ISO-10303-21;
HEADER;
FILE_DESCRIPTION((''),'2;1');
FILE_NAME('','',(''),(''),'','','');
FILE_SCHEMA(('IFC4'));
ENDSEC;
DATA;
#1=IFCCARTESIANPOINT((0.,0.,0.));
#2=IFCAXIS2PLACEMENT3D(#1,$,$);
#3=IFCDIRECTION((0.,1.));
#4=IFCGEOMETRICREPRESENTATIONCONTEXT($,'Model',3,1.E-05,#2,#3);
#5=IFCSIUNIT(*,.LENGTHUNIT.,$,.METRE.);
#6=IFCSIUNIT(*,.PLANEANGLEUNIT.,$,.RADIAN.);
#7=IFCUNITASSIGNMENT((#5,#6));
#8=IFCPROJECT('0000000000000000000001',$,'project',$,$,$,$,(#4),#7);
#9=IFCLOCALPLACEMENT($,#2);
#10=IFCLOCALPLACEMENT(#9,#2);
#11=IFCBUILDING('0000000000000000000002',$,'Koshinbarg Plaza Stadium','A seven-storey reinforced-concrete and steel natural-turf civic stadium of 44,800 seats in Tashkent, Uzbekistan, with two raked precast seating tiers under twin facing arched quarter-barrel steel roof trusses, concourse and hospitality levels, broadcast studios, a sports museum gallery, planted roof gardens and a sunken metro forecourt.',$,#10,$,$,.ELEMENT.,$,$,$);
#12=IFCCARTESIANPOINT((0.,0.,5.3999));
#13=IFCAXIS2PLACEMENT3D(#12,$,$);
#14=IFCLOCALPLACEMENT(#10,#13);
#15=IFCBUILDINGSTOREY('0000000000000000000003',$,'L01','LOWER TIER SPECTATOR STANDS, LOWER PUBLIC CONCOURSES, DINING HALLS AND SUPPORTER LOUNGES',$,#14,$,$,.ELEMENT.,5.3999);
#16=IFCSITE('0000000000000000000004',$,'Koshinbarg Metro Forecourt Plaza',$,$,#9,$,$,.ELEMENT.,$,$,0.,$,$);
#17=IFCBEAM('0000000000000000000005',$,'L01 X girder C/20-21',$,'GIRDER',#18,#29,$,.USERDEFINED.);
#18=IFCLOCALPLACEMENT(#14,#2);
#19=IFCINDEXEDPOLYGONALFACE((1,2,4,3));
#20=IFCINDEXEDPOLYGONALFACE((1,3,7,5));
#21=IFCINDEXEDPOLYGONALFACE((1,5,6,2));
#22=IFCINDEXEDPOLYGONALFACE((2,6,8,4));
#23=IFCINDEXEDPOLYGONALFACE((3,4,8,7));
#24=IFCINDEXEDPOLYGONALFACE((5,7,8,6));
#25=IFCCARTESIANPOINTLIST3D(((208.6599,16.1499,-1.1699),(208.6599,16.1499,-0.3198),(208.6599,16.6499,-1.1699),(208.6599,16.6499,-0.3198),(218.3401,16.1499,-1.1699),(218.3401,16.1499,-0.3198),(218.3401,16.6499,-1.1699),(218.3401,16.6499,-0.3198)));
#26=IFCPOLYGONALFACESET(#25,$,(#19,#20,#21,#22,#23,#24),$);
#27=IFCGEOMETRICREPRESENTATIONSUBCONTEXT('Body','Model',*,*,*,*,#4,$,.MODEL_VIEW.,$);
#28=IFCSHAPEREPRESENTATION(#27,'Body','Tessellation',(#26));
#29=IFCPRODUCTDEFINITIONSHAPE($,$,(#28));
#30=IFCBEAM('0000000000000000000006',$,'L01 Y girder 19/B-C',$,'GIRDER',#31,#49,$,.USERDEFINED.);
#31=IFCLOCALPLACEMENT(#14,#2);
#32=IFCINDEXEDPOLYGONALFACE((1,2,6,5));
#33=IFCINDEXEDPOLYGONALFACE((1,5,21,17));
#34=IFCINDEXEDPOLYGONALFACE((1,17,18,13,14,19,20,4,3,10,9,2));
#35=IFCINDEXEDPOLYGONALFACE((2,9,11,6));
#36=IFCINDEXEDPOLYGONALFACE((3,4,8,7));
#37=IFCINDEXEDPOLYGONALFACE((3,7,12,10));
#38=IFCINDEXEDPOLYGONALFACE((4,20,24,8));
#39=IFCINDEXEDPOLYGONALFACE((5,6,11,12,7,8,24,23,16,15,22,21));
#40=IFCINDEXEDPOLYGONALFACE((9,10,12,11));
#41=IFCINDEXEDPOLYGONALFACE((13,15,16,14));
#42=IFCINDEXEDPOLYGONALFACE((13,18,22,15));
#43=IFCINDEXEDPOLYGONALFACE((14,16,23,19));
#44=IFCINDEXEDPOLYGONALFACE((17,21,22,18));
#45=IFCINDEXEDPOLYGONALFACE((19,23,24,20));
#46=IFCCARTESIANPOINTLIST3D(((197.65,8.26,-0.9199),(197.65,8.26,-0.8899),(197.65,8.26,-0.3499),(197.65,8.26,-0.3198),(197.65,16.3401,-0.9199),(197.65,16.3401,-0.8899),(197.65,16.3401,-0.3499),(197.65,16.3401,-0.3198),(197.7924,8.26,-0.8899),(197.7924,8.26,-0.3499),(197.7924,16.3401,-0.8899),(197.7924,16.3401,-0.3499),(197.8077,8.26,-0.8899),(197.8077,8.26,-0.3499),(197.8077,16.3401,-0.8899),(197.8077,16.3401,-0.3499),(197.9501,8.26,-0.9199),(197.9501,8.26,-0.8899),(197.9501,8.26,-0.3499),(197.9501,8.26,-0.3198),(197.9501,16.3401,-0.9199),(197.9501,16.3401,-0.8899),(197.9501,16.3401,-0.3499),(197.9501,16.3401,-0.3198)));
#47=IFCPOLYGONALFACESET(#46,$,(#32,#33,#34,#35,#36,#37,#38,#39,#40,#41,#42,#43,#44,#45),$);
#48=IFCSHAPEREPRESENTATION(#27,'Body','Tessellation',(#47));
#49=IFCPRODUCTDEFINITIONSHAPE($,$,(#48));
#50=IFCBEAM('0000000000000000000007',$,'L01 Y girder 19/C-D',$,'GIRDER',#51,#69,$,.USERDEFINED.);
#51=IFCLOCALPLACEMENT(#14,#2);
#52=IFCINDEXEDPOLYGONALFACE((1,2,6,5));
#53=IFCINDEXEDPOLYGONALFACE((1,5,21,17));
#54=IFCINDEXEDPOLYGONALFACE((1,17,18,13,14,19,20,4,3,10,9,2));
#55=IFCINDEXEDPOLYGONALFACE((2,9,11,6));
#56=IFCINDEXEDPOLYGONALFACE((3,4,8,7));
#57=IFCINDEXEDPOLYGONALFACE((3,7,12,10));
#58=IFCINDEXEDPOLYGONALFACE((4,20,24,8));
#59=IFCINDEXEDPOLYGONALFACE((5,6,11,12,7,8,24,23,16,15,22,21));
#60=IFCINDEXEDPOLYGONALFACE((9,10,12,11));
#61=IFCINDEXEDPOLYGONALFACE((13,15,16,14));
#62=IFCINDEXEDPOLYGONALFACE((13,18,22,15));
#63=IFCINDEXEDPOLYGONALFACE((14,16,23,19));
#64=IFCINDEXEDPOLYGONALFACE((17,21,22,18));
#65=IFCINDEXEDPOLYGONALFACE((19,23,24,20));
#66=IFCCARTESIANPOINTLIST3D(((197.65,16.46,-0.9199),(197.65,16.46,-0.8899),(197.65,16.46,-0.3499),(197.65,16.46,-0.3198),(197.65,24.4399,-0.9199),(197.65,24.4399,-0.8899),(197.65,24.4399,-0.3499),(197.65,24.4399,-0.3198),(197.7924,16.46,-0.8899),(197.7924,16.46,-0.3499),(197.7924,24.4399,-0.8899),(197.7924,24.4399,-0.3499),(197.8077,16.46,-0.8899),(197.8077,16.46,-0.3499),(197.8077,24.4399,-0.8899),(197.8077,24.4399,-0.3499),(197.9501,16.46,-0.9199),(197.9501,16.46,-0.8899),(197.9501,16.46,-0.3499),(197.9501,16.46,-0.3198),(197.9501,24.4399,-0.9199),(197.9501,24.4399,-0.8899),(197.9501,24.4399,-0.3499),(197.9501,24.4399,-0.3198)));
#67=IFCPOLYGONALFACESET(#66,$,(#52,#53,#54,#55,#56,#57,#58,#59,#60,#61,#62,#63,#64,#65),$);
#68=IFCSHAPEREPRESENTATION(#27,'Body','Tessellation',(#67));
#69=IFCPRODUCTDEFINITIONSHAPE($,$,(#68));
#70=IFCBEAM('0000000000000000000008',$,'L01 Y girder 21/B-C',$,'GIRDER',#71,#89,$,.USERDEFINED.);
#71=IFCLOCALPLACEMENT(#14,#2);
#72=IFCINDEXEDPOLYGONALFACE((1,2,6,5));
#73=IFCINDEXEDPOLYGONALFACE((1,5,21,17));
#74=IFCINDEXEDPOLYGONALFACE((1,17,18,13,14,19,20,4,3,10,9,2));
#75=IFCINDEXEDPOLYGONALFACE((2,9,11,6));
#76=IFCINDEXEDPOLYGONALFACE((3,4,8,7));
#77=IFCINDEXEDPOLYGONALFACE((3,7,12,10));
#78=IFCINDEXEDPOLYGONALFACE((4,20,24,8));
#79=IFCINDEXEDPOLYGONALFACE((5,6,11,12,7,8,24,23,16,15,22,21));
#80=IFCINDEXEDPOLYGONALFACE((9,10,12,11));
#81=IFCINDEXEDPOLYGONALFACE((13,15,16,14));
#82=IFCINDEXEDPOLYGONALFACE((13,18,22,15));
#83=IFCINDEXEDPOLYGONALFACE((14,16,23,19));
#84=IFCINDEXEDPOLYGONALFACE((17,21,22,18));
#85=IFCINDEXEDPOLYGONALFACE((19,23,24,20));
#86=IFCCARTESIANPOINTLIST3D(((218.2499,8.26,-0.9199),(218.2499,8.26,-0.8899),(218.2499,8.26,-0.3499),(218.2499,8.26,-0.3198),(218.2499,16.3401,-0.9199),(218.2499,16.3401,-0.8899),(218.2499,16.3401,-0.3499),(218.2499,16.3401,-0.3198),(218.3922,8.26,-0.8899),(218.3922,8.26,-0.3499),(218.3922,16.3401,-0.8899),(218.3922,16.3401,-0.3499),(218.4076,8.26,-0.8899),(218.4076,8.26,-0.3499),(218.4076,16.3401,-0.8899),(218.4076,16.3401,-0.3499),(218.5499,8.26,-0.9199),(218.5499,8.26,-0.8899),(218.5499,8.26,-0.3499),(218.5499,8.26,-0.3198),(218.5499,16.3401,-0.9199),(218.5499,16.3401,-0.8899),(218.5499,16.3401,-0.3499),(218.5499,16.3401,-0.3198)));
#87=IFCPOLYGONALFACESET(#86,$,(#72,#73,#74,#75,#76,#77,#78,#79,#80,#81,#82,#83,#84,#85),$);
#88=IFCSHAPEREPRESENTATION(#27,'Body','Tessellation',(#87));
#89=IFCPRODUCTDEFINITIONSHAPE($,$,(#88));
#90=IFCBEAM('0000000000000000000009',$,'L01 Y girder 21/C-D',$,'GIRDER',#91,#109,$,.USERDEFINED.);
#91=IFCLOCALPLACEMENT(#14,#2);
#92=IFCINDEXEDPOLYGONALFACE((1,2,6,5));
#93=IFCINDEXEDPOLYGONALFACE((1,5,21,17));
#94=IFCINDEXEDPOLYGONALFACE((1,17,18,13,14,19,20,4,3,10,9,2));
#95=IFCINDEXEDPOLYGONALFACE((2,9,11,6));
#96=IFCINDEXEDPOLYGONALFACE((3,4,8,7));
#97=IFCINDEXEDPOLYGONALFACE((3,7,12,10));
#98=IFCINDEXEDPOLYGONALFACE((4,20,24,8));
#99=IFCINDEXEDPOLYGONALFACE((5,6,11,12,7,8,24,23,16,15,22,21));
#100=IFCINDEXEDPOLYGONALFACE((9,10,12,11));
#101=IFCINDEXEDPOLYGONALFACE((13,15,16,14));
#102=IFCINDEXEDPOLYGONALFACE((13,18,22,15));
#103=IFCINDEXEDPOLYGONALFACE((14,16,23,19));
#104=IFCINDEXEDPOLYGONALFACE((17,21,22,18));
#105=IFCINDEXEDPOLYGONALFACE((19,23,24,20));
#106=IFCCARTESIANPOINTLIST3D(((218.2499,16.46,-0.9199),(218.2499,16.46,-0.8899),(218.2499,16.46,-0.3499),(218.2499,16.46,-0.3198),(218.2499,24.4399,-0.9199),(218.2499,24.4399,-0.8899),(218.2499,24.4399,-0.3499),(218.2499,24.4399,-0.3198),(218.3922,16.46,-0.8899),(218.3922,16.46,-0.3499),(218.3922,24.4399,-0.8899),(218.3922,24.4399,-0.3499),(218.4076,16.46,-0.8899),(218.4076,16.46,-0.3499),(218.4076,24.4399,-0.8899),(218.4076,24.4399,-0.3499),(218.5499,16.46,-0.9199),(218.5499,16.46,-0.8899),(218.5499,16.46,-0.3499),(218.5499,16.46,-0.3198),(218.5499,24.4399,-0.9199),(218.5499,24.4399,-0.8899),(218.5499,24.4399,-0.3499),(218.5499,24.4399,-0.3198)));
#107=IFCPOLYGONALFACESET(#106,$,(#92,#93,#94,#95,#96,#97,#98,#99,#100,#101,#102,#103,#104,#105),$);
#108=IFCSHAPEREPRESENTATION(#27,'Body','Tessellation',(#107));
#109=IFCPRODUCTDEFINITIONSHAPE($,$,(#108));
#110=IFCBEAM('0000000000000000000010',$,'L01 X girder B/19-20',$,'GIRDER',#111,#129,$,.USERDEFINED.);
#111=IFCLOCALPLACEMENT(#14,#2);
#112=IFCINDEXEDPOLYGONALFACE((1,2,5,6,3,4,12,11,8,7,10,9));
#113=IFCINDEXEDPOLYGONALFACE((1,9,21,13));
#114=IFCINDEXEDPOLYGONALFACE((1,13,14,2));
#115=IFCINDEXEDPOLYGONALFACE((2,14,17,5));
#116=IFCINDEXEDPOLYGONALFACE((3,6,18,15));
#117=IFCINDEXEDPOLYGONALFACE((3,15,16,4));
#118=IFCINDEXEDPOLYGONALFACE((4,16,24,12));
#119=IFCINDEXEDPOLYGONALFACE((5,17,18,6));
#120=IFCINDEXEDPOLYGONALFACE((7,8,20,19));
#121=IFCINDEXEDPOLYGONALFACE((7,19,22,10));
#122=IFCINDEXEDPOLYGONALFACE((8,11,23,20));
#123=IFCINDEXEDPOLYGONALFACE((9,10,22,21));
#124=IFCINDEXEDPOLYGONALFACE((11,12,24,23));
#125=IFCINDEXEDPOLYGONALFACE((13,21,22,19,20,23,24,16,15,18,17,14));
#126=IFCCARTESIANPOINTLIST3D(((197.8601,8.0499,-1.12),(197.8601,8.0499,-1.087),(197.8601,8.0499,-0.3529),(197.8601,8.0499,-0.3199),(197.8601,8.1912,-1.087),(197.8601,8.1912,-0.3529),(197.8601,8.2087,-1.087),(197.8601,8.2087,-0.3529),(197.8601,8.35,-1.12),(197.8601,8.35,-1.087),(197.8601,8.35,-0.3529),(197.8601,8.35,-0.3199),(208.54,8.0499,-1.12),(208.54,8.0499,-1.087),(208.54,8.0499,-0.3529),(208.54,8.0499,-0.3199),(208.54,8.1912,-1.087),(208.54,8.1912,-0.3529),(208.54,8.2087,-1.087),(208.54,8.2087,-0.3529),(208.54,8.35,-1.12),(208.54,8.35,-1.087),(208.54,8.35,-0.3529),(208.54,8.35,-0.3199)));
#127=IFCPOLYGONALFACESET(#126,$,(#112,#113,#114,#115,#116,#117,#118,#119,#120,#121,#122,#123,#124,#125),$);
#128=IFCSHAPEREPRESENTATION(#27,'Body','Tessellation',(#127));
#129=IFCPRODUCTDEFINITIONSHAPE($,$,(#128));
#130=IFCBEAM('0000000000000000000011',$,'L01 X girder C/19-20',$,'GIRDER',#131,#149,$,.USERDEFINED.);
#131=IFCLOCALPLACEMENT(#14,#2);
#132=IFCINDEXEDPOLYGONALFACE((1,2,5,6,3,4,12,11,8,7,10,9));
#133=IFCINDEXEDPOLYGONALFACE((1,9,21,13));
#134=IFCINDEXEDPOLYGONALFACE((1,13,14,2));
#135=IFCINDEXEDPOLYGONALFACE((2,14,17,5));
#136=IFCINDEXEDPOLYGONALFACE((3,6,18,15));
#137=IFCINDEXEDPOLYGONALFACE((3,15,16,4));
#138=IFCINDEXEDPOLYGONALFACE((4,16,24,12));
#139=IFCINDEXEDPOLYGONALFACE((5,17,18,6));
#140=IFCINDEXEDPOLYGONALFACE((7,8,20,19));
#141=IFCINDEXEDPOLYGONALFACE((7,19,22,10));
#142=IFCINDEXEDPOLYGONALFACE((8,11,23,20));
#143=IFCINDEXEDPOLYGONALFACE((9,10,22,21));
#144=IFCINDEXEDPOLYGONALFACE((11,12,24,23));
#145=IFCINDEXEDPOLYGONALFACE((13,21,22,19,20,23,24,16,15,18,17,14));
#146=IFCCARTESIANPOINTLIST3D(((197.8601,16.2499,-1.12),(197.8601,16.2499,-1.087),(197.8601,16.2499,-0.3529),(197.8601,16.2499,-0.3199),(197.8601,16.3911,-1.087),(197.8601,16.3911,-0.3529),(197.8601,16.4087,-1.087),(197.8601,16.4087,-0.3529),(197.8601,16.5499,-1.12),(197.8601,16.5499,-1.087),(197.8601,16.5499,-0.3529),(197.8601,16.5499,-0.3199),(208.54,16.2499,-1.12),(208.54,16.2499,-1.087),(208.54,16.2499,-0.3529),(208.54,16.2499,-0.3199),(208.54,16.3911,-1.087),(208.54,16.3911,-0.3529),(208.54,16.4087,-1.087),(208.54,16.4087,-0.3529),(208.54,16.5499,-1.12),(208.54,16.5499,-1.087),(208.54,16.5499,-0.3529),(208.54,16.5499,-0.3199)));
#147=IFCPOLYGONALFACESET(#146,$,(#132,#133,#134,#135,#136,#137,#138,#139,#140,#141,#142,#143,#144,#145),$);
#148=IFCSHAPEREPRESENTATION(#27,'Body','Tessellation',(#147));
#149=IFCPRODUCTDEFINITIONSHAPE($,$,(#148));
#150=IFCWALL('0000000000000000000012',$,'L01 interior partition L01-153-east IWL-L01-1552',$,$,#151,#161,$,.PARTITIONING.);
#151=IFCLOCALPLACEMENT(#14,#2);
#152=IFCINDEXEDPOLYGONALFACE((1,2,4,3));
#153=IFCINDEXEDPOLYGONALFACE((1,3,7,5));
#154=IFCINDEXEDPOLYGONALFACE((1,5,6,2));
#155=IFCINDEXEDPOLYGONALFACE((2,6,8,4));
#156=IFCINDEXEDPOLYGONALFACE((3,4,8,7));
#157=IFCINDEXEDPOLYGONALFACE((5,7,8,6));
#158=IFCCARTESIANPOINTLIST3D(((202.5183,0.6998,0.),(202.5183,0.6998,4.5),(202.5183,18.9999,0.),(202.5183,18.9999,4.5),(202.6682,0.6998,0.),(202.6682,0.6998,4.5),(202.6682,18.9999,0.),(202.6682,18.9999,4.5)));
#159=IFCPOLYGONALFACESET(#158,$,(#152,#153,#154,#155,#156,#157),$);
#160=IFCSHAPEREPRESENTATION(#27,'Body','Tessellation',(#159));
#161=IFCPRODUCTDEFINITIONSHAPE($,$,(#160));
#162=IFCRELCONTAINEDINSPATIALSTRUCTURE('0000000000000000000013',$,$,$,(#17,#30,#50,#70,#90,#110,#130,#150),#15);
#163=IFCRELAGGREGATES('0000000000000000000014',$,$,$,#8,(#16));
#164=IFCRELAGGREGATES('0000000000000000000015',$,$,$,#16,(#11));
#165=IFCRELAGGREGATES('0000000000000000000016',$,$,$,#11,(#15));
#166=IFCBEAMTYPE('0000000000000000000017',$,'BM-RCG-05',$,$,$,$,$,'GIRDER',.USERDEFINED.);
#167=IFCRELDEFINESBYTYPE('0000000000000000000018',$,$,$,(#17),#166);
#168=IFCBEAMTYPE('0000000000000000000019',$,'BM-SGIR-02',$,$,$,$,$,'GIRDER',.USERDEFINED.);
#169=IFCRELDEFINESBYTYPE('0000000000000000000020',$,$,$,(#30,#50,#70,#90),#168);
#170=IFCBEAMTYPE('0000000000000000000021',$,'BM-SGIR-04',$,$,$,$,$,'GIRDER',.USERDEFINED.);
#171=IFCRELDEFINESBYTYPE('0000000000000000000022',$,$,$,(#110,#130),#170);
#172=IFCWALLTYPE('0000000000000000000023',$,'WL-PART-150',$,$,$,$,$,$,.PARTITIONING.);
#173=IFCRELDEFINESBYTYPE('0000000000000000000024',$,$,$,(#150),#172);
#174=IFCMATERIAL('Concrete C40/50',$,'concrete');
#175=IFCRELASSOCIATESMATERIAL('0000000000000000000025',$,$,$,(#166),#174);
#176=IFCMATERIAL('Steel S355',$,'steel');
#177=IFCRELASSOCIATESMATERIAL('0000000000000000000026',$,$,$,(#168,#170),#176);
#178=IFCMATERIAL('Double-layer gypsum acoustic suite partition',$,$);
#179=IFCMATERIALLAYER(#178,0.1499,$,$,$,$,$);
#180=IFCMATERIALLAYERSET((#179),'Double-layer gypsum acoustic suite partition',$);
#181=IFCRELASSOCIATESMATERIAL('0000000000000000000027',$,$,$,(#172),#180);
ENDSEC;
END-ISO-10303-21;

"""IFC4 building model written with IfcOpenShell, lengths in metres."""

from ifc_helpers import new_model, si_unit, direction, frame, frame_2d, origin, origin_2d, place, context, subcontext, project, spatial, rectangle, i_section, extrude, material, layer, layer_set, material_profile, profile_set, type_object, element, save


model = new_model("IFC4")

# Units and contexts
model_context = context("Model", 3, precision=1e-05, world=origin(), true_north=direction((0.0, 1.0)))
body_context = subcontext(model_context, "Body", "Model", "MODEL_VIEW")
ifc_project = project(units=[si_unit("LENGTHUNIT", "METRE"), si_unit("PLANEANGLEUNIT", "RADIAN")], contexts=[model_context])

# Site, building, storey
site_placement = place(None, origin())
site = spatial("IfcSite", under=ifc_project, at=site_placement, Name="Koshinbarg Metro Forecourt Plaza", CompositionType="ELEMENT", RefElevation=0.0)
building_placement = place(site_placement, origin())
building = spatial("IfcBuilding", under=site, at=building_placement, Name="Koshinbarg Plaza Stadium", Description="A seven-storey reinforced-concrete and steel natural-turf civic stadium of 44,800 seats in Tashkent, Uzbekistan, with two raked precast seating tiers under twin facing arched quarter-barrel steel roof trusses, concourse and hospitality levels, broadcast studios, a sports museum gallery, planted roof gardens and a sunken metro forecourt.", CompositionType="ELEMENT")
storey_placement = place(building_placement, frame((0.0, 0.0, 5.3999)))
storey = spatial("IfcBuildingStorey", under=building, at=storey_placement, Name="L01", Description="LOWER TIER SPECTATOR STANDS, LOWER PUBLIC CONCOURSES, DINING HALLS AND SUPPORTER LOUNGES", CompositionType="ELEMENT", Elevation=5.3999)

# Shared definitions
ifc_material_1 = material(Name="Concrete C40/50", Category="concrete")

# Beams
ifc_material_profile_1 = material_profile(ifc_material_1, rectangle(XDim=0.5, YDim=0.8501, at=origin_2d()), Name="RC 500x850")
ifc_profile_set_1 = profile_set([ifc_material_profile_1], Name="Concrete C40/50")
beam_type_1 = type_object("IfcBeamType", Name="BM-RCG-05", ElementType="GIRDER", PredefinedType="USERDEFINED", material=ifc_profile_set_1)
for number, where, z_axis, x_axis, name in (
    (1, (208.6599, 16.3999, -0.7449), (1.0, 0.0, 0.0), (0.0, 1.0, 0.0), "L01 X girder C/20-21"),
):
    element("IfcBeam", number, at=place(storey_placement, frame(where, z_axis=z_axis, x_axis=x_axis)), inside=storey, type_object=beam_type_1, Name=name, ObjectType="GIRDER", PredefinedType="USERDEFINED", context=body_context, shape_type="SweptSolid", body=[
        extrude(rectangle(XDim=0.5, YDim=0.8501, at=origin_2d()), origin(), (0.0, 0.0, 1.0), 9.6802),
    ])
ifc_material_2 = material(Name="Steel S355", Category="steel")
ifc_material_profile_2 = material_profile(ifc_material_2, i_section(OverallWidth=0.3, OverallDepth=0.6001, WebThickness=0.0154, FlangeThickness=0.03, at=origin_2d()), Name="HEB 600")
ifc_profile_set_2 = profile_set([ifc_material_profile_2], Name="Steel S355")
beam_type_2 = type_object("IfcBeamType", Name="BM-SGIR-02", ElementType="GIRDER", PredefinedType="USERDEFINED", material=ifc_profile_set_2)
beam_1_placement = place(storey_placement, frame((197.8, 8.26, -0.6199), z_axis=(0.0, 1.0, 0.0), x_axis=(-1.0, 0.0, 0.0)))
element("IfcBeam", 2, at=beam_1_placement, inside=storey, type_object=beam_type_2, Name="L01 Y girder 19/B-C", ObjectType="GIRDER", PredefinedType="USERDEFINED", context=body_context, shape_type="SweptSolid", body=[
    extrude(i_section(OverallWidth=0.3, OverallDepth=0.6001, WebThickness=0.0154, FlangeThickness=0.03, at=origin_2d()), origin(), (0.0, 0.0, 1.0), 8.0801),
])
beam_2_placement = place(storey_placement, frame((197.8, 16.46, -0.6199), z_axis=(0.0, 1.0, 0.0), x_axis=(-1.0, 0.0, 0.0)))
element("IfcBeam", 3, at=beam_2_placement, inside=storey, type_object=beam_type_2, Name="L01 Y girder 19/C-D", ObjectType="GIRDER", PredefinedType="USERDEFINED", context=body_context, shape_type="SweptSolid", body=[
    extrude(i_section(OverallWidth=0.3, OverallDepth=0.6001, WebThickness=0.0154, FlangeThickness=0.03, at=origin_2d()), origin(), (0.0, 0.0, 1.0), 7.98),
])
beam_3_placement = place(storey_placement, frame((218.3999, 8.26, -0.6199), z_axis=(0.0, 1.0, 0.0), x_axis=(-1.0, 0.0, 0.0)))
element("IfcBeam", 4, at=beam_3_placement, inside=storey, type_object=beam_type_2, Name="L01 Y girder 21/B-C", ObjectType="GIRDER", PredefinedType="USERDEFINED", context=body_context, shape_type="SweptSolid", body=[
    extrude(i_section(OverallWidth=0.3, OverallDepth=0.6001, WebThickness=0.0154, FlangeThickness=0.03, at=origin_2d()), origin(), (0.0, 0.0, 1.0), 8.0801),
])
beam_4_placement = place(storey_placement, frame((218.3999, 16.46, -0.6199), z_axis=(0.0, 1.0, 0.0), x_axis=(-1.0, 0.0, 0.0)))
element("IfcBeam", 5, at=beam_4_placement, inside=storey, type_object=beam_type_2, Name="L01 Y girder 21/C-D", ObjectType="GIRDER", PredefinedType="USERDEFINED", context=body_context, shape_type="SweptSolid", body=[
    extrude(i_section(OverallWidth=0.3, OverallDepth=0.6001, WebThickness=0.0154, FlangeThickness=0.03, at=origin_2d()), origin(), (0.0, 0.0, 1.0), 7.98),
])
ifc_material_profile_3 = material_profile(ifc_material_2, i_section(OverallWidth=0.3, OverallDepth=0.8, WebThickness=0.0176, FlangeThickness=0.033, at=origin_2d()), Name="HEB 800")
ifc_profile_set_3 = profile_set([ifc_material_profile_3], Name="Steel S355")
beam_type_3 = type_object("IfcBeamType", Name="BM-SGIR-04", ElementType="GIRDER", PredefinedType="USERDEFINED", material=ifc_profile_set_3)
for number, where, z_axis, x_axis, name in (
    (6, (197.8601, 8.2, -0.72), (1.0, 0.0, 0.0), (0.0, 1.0, 0.0), "L01 X girder B/19-20"),
    (7, (197.8601, 16.3999, -0.72), (1.0, 0.0, 0.0), (0.0, 1.0, 0.0), "L01 X girder C/19-20"),
):
    element("IfcBeam", number, at=place(storey_placement, frame(where, z_axis=z_axis, x_axis=x_axis)), inside=storey, type_object=beam_type_3, Name=name, ObjectType="GIRDER", PredefinedType="USERDEFINED", context=body_context, shape_type="SweptSolid", body=[
        extrude(i_section(OverallWidth=0.3, OverallDepth=0.8, WebThickness=0.0176, FlangeThickness=0.033, at=origin_2d()), origin(), (0.0, 0.0, 1.0), 10.6799),
    ])

# Wall
ifc_material_3 = material(Name="Double-layer gypsum acoustic suite partition")
ifc_layer = layer(ifc_material_3, 0.1499)
ifc_layer_set = layer_set([ifc_layer], Name="Double-layer gypsum acoustic suite partition")
wall_type = type_object("IfcWallType", Name="WL-PART-150", PredefinedType="PARTITIONING", material=ifc_layer_set)
wall_placement = place(storey_placement, frame((202.5933, 0.7, 0.0), z_axis=(0.0, 0.0, 1.0), x_axis=(0.0, 1.0, 0.0)))
element("IfcWall", 8, at=wall_placement, inside=storey, type_object=wall_type, Name="L01 interior partition L01-153-east IWL-L01-1552", PredefinedType="PARTITIONING", context=body_context, shape_type="SweptSolid", body=[
    extrude(rectangle(XDim=18.3, YDim=0.1499, at=frame_2d((9.1499, 0.0))), origin(), (0.0, 0.0, 1.0), 4.5),
])

save(model, "model.ifc")
